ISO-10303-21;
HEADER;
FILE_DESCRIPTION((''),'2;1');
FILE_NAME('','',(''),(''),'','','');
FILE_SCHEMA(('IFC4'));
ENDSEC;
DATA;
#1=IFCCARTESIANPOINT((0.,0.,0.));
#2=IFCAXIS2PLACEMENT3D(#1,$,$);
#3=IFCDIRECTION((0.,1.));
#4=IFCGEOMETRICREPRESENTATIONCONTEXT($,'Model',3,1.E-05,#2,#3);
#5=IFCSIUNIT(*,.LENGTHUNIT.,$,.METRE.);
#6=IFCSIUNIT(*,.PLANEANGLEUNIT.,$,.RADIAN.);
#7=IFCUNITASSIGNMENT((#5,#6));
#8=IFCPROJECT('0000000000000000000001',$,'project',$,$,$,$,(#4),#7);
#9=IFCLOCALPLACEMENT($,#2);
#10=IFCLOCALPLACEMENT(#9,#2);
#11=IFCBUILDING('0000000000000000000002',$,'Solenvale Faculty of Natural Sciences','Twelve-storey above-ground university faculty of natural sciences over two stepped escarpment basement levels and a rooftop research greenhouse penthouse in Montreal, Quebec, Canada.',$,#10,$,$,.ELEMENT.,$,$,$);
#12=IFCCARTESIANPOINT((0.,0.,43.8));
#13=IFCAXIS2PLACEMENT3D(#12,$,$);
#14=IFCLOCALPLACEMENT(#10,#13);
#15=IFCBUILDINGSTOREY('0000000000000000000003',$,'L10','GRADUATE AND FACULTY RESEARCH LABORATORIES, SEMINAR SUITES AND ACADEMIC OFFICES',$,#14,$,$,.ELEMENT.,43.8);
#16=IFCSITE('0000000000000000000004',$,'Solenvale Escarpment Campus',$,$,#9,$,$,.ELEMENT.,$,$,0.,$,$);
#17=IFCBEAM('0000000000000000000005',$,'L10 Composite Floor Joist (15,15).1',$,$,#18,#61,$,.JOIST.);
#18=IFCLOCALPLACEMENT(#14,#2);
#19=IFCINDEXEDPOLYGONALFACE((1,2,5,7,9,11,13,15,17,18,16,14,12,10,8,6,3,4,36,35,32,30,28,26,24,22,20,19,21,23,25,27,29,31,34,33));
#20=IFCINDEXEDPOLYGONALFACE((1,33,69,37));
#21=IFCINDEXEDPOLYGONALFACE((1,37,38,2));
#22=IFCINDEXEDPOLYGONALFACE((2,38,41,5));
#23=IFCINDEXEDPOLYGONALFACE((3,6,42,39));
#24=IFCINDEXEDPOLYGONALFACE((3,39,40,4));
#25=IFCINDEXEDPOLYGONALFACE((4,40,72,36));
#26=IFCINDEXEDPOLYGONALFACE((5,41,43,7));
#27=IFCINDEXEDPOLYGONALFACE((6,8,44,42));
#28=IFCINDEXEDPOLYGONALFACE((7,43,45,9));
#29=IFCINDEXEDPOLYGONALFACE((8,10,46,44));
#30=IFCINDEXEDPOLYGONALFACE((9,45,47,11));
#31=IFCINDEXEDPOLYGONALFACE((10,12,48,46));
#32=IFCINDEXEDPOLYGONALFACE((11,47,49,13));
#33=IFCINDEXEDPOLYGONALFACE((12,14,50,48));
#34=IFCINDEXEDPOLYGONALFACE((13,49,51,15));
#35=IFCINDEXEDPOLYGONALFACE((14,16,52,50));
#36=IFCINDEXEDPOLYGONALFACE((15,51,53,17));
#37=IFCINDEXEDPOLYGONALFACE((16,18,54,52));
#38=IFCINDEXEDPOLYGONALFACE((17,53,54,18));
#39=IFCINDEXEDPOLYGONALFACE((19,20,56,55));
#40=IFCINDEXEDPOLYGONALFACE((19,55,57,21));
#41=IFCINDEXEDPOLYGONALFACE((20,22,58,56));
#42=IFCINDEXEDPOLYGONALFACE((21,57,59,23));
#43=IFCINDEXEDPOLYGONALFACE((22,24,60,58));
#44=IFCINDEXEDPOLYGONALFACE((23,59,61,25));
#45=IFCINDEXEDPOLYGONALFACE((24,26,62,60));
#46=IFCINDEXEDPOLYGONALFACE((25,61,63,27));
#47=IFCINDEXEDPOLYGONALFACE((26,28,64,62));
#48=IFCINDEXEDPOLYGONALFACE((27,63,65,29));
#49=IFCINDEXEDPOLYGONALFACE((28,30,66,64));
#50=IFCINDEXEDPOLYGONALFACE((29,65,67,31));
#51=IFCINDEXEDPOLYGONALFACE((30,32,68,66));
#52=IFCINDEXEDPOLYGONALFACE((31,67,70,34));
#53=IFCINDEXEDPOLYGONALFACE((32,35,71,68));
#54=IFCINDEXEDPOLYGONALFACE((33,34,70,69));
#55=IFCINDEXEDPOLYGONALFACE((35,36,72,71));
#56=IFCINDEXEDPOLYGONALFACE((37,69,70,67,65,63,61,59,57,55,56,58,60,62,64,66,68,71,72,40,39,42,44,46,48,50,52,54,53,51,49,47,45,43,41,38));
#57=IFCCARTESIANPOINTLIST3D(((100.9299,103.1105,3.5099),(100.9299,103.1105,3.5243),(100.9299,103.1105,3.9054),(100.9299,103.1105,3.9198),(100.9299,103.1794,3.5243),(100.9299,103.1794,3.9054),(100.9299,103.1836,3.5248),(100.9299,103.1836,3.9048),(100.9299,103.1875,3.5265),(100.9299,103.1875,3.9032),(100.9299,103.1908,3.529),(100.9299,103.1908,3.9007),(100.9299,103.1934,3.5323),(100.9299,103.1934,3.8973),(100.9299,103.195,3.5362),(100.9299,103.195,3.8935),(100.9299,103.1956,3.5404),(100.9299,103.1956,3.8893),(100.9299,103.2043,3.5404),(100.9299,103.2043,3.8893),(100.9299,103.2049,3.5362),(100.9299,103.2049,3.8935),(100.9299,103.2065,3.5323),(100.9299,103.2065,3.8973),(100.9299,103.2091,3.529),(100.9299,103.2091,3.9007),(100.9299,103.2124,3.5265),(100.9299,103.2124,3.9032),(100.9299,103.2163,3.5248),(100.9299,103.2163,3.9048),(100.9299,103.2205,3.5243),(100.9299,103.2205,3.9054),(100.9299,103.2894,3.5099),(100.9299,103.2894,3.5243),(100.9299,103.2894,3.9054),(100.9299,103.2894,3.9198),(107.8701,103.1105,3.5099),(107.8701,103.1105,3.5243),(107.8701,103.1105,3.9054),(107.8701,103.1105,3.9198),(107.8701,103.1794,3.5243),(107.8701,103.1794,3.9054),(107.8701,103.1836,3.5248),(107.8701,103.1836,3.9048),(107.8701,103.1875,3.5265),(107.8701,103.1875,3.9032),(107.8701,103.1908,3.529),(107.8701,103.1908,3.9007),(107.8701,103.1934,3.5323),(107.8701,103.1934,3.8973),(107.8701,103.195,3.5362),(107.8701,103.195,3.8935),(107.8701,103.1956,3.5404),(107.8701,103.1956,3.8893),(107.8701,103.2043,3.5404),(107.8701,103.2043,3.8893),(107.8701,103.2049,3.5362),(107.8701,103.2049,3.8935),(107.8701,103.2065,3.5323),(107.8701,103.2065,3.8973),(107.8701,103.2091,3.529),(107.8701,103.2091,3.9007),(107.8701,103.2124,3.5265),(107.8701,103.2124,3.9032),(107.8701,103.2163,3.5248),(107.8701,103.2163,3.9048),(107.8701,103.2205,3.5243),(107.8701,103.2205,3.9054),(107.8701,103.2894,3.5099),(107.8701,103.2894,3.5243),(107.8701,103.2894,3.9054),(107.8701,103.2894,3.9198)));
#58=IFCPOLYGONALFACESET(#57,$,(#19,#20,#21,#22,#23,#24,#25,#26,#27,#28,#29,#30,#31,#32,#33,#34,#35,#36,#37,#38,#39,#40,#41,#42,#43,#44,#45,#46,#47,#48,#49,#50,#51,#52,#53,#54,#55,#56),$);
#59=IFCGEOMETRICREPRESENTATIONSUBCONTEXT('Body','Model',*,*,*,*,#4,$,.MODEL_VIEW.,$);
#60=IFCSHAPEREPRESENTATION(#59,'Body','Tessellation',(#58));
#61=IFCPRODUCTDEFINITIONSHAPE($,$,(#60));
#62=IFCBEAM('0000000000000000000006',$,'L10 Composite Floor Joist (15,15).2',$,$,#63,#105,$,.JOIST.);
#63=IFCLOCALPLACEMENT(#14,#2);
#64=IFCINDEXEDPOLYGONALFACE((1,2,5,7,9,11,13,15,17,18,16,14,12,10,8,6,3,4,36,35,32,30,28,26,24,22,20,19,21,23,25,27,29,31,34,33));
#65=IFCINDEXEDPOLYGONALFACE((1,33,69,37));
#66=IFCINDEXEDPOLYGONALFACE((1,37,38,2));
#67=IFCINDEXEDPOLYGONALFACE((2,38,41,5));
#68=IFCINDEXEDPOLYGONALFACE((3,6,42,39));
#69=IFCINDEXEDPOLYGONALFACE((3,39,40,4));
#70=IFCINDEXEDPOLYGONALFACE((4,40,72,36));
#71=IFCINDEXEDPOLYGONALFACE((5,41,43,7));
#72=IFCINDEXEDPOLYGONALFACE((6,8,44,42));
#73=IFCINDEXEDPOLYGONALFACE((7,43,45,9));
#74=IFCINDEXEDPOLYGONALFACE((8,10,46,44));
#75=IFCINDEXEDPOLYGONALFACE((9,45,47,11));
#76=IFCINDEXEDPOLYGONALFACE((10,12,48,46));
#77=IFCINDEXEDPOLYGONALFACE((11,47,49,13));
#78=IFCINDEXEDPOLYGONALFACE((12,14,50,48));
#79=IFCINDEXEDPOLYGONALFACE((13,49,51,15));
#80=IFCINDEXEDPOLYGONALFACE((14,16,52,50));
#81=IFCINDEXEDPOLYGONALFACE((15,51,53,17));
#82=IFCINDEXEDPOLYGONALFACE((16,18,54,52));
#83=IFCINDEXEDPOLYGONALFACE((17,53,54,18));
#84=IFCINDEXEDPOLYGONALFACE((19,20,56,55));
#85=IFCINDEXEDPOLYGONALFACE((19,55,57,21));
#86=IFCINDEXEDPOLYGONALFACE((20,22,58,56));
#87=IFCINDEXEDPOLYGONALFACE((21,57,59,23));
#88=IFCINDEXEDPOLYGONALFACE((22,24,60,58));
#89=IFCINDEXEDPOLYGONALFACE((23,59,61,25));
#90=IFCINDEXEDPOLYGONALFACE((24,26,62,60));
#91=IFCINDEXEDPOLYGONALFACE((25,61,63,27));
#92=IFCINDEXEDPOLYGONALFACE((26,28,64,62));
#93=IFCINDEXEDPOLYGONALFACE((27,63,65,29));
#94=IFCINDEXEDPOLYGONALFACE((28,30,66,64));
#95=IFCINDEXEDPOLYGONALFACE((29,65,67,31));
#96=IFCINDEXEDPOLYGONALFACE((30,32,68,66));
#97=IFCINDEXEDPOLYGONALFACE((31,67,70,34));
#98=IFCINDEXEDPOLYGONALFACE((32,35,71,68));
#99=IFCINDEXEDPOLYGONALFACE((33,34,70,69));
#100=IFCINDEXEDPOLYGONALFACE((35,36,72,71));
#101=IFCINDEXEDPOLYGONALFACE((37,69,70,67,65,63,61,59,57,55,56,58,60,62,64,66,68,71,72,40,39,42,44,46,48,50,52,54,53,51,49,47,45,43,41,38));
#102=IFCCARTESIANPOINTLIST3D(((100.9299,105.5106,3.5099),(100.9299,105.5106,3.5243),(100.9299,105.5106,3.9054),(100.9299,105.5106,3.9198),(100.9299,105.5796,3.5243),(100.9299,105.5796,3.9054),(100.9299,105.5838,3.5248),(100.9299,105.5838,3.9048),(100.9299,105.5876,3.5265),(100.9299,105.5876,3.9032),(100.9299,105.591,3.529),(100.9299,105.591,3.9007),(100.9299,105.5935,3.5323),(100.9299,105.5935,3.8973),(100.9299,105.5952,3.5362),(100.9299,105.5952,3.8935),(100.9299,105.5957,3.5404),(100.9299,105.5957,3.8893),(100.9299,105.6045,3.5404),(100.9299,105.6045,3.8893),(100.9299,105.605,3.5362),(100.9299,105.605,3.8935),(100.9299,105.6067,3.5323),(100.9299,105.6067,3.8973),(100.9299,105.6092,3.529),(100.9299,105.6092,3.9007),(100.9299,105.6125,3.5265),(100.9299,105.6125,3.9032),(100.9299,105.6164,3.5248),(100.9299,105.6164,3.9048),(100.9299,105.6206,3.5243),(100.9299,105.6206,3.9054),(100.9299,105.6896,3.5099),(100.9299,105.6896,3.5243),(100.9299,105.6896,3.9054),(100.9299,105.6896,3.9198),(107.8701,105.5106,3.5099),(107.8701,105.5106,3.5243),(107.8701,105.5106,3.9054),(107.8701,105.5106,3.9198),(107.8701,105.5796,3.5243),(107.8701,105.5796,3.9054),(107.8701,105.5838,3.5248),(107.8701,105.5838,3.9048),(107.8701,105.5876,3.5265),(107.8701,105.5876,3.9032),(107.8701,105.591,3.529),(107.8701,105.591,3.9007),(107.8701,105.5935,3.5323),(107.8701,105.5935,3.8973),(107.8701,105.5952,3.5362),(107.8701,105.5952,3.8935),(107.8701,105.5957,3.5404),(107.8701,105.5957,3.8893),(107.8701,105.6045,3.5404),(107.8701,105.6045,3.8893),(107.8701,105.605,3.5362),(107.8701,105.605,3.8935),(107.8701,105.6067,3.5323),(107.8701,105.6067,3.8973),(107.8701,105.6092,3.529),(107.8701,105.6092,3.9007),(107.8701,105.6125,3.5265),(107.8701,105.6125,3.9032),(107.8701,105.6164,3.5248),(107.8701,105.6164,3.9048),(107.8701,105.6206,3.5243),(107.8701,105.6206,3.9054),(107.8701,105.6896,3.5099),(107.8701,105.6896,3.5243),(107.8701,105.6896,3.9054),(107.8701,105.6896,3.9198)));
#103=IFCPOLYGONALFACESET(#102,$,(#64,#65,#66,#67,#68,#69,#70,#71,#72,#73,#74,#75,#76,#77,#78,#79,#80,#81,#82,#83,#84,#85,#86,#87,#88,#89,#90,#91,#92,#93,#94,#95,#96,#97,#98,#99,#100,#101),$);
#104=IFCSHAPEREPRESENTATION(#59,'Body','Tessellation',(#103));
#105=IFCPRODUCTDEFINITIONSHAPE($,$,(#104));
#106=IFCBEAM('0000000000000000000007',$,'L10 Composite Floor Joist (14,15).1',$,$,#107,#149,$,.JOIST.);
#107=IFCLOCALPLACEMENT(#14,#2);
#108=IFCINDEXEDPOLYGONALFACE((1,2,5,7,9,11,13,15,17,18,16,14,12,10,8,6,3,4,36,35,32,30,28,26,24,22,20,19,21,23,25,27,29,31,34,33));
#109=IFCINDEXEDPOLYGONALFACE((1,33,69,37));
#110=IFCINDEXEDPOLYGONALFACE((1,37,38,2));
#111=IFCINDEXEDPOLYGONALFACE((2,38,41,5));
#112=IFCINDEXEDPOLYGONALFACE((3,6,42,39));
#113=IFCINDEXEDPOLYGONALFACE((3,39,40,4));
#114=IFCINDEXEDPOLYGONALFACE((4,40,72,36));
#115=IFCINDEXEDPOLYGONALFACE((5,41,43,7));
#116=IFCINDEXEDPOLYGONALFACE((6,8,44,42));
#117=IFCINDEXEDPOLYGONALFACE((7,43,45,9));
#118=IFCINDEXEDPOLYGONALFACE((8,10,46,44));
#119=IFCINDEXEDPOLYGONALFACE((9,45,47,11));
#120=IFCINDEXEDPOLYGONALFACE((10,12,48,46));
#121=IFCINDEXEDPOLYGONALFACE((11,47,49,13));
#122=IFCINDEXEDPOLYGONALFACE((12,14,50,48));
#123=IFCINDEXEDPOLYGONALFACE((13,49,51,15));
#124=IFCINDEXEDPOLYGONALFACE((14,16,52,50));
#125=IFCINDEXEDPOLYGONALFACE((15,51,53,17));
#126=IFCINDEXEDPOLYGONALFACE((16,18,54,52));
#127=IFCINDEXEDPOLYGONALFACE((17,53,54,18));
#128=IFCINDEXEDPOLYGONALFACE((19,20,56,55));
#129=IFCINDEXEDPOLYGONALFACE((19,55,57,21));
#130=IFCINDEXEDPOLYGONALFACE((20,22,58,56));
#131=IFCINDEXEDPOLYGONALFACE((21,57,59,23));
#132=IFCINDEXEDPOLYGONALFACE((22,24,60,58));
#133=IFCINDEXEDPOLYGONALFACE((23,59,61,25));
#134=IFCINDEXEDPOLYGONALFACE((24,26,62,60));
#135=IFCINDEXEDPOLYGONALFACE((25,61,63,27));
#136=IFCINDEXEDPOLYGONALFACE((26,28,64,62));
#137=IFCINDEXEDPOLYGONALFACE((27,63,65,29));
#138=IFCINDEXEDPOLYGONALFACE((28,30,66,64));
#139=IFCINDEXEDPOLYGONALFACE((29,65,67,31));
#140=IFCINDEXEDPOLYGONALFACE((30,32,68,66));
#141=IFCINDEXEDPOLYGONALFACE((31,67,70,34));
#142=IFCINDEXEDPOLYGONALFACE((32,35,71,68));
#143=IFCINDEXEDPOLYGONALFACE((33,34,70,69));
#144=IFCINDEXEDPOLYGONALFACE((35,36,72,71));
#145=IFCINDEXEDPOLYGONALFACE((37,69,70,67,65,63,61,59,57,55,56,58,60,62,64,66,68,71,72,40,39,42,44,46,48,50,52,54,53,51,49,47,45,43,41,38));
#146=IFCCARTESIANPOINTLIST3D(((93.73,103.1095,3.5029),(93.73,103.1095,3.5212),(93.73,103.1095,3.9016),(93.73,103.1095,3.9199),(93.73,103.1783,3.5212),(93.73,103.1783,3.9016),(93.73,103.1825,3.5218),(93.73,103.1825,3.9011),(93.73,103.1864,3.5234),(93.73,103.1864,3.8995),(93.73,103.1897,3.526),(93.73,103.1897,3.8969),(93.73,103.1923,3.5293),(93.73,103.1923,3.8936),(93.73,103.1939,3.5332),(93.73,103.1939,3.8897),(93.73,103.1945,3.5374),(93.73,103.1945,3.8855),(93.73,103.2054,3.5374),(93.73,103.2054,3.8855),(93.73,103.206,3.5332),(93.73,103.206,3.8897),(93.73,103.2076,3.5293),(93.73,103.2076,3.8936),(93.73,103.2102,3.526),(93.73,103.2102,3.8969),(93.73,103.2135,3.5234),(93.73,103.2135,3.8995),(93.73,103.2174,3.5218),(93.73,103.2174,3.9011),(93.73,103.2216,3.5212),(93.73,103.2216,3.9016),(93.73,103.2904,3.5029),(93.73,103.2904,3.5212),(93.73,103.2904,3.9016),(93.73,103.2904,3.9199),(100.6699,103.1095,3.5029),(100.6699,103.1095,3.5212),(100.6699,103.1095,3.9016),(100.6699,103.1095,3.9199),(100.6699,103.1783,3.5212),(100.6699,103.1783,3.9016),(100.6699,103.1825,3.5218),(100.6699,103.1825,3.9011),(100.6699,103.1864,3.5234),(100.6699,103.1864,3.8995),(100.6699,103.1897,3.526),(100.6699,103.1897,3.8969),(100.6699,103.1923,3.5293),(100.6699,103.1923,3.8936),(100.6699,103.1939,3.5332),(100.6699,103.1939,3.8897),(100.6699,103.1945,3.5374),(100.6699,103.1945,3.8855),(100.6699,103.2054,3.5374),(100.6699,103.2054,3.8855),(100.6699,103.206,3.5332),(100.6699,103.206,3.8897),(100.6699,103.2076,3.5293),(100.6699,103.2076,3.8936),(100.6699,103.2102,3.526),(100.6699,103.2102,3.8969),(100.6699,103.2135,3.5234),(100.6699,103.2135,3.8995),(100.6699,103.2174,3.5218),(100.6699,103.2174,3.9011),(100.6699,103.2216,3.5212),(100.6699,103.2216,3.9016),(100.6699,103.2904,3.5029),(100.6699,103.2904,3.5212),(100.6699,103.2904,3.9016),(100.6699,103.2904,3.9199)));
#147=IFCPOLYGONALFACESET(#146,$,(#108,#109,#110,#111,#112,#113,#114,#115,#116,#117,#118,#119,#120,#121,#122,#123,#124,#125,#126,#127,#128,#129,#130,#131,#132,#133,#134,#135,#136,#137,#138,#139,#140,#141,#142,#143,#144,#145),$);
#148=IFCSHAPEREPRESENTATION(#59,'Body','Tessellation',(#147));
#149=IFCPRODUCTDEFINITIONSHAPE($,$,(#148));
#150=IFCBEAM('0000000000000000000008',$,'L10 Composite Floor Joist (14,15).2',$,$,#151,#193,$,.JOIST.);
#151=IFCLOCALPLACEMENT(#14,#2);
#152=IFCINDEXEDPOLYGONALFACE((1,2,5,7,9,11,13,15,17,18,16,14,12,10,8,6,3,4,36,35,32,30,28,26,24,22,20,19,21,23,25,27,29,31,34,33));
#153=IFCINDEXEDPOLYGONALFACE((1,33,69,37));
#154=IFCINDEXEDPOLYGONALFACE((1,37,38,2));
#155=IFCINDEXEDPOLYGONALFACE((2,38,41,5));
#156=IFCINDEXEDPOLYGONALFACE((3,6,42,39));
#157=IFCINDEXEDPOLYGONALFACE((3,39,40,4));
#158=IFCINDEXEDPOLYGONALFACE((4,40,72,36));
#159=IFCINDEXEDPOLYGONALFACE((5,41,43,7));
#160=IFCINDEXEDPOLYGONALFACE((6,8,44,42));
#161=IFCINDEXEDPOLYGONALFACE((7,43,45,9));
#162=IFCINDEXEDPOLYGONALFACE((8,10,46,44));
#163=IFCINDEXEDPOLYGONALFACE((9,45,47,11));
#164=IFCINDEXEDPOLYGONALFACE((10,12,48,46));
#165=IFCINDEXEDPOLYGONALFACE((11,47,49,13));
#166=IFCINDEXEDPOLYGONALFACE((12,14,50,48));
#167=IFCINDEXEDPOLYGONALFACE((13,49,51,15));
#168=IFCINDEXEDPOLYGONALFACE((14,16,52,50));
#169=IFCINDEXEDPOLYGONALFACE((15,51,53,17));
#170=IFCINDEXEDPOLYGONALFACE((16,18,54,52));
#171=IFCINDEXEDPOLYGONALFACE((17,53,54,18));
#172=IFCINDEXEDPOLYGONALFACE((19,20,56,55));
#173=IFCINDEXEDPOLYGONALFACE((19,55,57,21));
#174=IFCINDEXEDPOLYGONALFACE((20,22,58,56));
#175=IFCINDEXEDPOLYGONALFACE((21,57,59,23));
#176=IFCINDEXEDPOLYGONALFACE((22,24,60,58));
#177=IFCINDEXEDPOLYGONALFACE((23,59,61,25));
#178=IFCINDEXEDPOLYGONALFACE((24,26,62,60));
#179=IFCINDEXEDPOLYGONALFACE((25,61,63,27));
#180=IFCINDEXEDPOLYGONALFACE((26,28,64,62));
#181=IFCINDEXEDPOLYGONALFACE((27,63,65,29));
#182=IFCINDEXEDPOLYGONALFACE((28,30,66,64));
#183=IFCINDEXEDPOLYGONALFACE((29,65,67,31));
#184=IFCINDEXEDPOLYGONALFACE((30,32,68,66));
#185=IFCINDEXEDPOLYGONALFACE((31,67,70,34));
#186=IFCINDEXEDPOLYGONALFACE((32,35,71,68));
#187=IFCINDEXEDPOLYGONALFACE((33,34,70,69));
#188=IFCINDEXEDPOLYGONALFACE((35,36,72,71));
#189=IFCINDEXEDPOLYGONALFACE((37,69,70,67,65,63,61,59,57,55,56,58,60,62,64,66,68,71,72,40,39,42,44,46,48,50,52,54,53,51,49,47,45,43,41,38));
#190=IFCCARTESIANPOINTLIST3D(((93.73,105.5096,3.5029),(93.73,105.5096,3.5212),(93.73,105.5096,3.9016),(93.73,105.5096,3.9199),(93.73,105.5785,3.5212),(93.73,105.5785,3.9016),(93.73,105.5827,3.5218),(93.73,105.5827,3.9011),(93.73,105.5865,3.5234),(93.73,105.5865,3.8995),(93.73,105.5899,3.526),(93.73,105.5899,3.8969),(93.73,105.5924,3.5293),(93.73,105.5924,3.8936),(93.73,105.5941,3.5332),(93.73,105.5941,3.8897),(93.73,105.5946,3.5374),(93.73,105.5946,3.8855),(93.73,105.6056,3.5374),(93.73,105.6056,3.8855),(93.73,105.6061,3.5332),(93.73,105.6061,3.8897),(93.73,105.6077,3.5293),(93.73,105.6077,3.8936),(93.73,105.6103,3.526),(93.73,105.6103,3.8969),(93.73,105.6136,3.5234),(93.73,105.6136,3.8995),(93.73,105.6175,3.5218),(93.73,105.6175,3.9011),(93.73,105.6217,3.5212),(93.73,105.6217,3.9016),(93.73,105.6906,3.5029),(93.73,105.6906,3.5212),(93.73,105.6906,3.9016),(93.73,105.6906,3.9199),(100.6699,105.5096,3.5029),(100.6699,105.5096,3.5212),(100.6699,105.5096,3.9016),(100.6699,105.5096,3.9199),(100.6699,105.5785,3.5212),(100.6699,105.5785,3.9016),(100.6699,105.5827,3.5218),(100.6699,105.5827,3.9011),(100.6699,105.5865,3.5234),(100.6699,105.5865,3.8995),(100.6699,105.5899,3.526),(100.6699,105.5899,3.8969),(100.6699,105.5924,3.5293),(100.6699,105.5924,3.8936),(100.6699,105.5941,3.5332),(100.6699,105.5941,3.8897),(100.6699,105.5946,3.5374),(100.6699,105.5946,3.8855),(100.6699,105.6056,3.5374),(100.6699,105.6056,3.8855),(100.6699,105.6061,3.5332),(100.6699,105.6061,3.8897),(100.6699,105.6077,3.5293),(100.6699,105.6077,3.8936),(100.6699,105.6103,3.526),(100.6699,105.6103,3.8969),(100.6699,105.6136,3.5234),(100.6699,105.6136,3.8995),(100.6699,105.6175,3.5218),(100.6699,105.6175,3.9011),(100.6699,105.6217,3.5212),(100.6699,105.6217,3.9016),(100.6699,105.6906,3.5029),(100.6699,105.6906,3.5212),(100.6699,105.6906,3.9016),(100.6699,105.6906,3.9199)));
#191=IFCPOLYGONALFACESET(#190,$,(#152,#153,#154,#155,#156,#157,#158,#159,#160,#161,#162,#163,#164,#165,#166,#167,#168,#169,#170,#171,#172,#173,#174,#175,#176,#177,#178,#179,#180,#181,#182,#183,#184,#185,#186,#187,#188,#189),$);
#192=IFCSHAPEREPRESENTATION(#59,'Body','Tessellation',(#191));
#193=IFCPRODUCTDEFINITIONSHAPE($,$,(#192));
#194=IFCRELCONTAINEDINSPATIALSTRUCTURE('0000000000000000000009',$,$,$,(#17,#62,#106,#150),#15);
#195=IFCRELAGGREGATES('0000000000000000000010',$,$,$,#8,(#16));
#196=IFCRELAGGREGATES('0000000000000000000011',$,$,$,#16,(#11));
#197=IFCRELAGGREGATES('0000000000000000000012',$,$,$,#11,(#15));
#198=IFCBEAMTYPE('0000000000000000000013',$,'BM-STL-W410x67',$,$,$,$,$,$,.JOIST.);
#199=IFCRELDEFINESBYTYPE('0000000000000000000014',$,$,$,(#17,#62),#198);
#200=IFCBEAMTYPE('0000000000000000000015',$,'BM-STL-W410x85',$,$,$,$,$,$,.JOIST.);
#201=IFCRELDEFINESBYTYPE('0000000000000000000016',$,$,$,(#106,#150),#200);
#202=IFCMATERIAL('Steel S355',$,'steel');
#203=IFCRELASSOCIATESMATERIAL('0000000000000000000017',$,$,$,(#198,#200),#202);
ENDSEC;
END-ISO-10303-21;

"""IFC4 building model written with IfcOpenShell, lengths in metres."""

from ifc_helpers import new_model, si_unit, direction, frame, origin, origin_2d, place, context, subcontext, project, spatial, i_section, extrude, material, material_profile, profile_set, type_object, element, save


model = new_model("IFC4")

# Units and contexts
model_context = context("Model", 3, precision=1e-05, world=origin(), true_north=direction((0.0, 1.0)))
body_context = subcontext(model_context, "Body", "Model", "MODEL_VIEW")
ifc_project = project(units=[si_unit("LENGTHUNIT", "METRE"), si_unit("PLANEANGLEUNIT", "RADIAN")], contexts=[model_context])

# Site, building, storey
site_placement = place(None, origin())
site = spatial("IfcSite", under=ifc_project, at=site_placement, Name="Solenvale Escarpment Campus", CompositionType="ELEMENT", RefElevation=0.0)
building_placement = place(site_placement, origin())
building = spatial("IfcBuilding", under=site, at=building_placement, Name="Solenvale Faculty of Natural Sciences", Description="Twelve-storey above-ground university faculty of natural sciences over two stepped escarpment basement levels and a rooftop research greenhouse penthouse in Montreal, Quebec, Canada.", CompositionType="ELEMENT")
storey_placement = place(building_placement, frame((0.0, 0.0, 43.8)))
storey = spatial("IfcBuildingStorey", under=building, at=storey_placement, Name="L10", Description="GRADUATE AND FACULTY RESEARCH LABORATORIES, SEMINAR SUITES AND ACADEMIC OFFICES", CompositionType="ELEMENT", Elevation=43.8)

# Beams
ifc_material_1 = material(Name="Steel S355", Category="steel")
ifc_material_profile_1 = material_profile(ifc_material_1, i_section(OverallWidth=0.179, OverallDepth=0.4099, WebThickness=0.0088, FlangeThickness=0.0144, FilletRadius=0.0161, at=origin_2d()), Name="W410x67")
ifc_profile_set_1 = profile_set([ifc_material_profile_1], Name="Steel S355")
beam_type_1 = type_object("IfcBeamType", Name="BM-STL-W410x67", PredefinedType="JOIST", material=ifc_profile_set_1)
for number, where, z_axis, x_axis, name in (
    (1, (100.9299, 103.2, 3.7148), (1.0, 0.0, 0.0), (0.0, 1.0, 0.0), "L10 Composite Floor Joist (15,15).1"),
    (2, (100.9299, 105.6001, 3.7148), (1.0, 0.0, 0.0), (0.0, 1.0, 0.0), "L10 Composite Floor Joist (15,15).2"),
):
    element("IfcBeam", number, at=place(storey_placement, frame(where, z_axis=z_axis, x_axis=x_axis)), inside=storey, type_object=beam_type_1, Name=name, PredefinedType="JOIST", context=body_context, shape_type="SweptSolid", body=[
        extrude(i_section(OverallWidth=0.179, OverallDepth=0.4099, WebThickness=0.0088, FlangeThickness=0.0144, FilletRadius=0.0161, at=origin_2d()), origin(), (0.0, 0.0, 1.0), 6.9402),
    ])
ifc_material_profile_2 = material_profile(ifc_material_1, i_section(OverallWidth=0.1809, OverallDepth=0.417, WebThickness=0.011, FlangeThickness=0.0183, FilletRadius=0.0161, at=origin_2d()), Name="W410x85")
ifc_profile_set_2 = profile_set([ifc_material_profile_2], Name="Steel S355")
beam_type_2 = type_object("IfcBeamType", Name="BM-STL-W410x85", PredefinedType="JOIST", material=ifc_profile_set_2)
for number, where, z_axis, x_axis, name in (
    (3, (93.73, 103.2, 3.7114), (1.0, 0.0, 0.0), (0.0, 1.0, 0.0), "L10 Composite Floor Joist (14,15).1"),
    (4, (93.73, 105.6001, 3.7114), (1.0, 0.0, 0.0), (0.0, 1.0, 0.0), "L10 Composite Floor Joist (14,15).2"),
):
    element("IfcBeam", number, at=place(storey_placement, frame(where, z_axis=z_axis, x_axis=x_axis)), inside=storey, type_object=beam_type_2, Name=name, PredefinedType="JOIST", context=body_context, shape_type="SweptSolid", body=[
        extrude(i_section(OverallWidth=0.1809, OverallDepth=0.417, WebThickness=0.011, FlangeThickness=0.0183, FilletRadius=0.0161, at=origin_2d()), origin(), (0.0, 0.0, 1.0), 6.9399),
    ])

save(model, "model.ifc")
